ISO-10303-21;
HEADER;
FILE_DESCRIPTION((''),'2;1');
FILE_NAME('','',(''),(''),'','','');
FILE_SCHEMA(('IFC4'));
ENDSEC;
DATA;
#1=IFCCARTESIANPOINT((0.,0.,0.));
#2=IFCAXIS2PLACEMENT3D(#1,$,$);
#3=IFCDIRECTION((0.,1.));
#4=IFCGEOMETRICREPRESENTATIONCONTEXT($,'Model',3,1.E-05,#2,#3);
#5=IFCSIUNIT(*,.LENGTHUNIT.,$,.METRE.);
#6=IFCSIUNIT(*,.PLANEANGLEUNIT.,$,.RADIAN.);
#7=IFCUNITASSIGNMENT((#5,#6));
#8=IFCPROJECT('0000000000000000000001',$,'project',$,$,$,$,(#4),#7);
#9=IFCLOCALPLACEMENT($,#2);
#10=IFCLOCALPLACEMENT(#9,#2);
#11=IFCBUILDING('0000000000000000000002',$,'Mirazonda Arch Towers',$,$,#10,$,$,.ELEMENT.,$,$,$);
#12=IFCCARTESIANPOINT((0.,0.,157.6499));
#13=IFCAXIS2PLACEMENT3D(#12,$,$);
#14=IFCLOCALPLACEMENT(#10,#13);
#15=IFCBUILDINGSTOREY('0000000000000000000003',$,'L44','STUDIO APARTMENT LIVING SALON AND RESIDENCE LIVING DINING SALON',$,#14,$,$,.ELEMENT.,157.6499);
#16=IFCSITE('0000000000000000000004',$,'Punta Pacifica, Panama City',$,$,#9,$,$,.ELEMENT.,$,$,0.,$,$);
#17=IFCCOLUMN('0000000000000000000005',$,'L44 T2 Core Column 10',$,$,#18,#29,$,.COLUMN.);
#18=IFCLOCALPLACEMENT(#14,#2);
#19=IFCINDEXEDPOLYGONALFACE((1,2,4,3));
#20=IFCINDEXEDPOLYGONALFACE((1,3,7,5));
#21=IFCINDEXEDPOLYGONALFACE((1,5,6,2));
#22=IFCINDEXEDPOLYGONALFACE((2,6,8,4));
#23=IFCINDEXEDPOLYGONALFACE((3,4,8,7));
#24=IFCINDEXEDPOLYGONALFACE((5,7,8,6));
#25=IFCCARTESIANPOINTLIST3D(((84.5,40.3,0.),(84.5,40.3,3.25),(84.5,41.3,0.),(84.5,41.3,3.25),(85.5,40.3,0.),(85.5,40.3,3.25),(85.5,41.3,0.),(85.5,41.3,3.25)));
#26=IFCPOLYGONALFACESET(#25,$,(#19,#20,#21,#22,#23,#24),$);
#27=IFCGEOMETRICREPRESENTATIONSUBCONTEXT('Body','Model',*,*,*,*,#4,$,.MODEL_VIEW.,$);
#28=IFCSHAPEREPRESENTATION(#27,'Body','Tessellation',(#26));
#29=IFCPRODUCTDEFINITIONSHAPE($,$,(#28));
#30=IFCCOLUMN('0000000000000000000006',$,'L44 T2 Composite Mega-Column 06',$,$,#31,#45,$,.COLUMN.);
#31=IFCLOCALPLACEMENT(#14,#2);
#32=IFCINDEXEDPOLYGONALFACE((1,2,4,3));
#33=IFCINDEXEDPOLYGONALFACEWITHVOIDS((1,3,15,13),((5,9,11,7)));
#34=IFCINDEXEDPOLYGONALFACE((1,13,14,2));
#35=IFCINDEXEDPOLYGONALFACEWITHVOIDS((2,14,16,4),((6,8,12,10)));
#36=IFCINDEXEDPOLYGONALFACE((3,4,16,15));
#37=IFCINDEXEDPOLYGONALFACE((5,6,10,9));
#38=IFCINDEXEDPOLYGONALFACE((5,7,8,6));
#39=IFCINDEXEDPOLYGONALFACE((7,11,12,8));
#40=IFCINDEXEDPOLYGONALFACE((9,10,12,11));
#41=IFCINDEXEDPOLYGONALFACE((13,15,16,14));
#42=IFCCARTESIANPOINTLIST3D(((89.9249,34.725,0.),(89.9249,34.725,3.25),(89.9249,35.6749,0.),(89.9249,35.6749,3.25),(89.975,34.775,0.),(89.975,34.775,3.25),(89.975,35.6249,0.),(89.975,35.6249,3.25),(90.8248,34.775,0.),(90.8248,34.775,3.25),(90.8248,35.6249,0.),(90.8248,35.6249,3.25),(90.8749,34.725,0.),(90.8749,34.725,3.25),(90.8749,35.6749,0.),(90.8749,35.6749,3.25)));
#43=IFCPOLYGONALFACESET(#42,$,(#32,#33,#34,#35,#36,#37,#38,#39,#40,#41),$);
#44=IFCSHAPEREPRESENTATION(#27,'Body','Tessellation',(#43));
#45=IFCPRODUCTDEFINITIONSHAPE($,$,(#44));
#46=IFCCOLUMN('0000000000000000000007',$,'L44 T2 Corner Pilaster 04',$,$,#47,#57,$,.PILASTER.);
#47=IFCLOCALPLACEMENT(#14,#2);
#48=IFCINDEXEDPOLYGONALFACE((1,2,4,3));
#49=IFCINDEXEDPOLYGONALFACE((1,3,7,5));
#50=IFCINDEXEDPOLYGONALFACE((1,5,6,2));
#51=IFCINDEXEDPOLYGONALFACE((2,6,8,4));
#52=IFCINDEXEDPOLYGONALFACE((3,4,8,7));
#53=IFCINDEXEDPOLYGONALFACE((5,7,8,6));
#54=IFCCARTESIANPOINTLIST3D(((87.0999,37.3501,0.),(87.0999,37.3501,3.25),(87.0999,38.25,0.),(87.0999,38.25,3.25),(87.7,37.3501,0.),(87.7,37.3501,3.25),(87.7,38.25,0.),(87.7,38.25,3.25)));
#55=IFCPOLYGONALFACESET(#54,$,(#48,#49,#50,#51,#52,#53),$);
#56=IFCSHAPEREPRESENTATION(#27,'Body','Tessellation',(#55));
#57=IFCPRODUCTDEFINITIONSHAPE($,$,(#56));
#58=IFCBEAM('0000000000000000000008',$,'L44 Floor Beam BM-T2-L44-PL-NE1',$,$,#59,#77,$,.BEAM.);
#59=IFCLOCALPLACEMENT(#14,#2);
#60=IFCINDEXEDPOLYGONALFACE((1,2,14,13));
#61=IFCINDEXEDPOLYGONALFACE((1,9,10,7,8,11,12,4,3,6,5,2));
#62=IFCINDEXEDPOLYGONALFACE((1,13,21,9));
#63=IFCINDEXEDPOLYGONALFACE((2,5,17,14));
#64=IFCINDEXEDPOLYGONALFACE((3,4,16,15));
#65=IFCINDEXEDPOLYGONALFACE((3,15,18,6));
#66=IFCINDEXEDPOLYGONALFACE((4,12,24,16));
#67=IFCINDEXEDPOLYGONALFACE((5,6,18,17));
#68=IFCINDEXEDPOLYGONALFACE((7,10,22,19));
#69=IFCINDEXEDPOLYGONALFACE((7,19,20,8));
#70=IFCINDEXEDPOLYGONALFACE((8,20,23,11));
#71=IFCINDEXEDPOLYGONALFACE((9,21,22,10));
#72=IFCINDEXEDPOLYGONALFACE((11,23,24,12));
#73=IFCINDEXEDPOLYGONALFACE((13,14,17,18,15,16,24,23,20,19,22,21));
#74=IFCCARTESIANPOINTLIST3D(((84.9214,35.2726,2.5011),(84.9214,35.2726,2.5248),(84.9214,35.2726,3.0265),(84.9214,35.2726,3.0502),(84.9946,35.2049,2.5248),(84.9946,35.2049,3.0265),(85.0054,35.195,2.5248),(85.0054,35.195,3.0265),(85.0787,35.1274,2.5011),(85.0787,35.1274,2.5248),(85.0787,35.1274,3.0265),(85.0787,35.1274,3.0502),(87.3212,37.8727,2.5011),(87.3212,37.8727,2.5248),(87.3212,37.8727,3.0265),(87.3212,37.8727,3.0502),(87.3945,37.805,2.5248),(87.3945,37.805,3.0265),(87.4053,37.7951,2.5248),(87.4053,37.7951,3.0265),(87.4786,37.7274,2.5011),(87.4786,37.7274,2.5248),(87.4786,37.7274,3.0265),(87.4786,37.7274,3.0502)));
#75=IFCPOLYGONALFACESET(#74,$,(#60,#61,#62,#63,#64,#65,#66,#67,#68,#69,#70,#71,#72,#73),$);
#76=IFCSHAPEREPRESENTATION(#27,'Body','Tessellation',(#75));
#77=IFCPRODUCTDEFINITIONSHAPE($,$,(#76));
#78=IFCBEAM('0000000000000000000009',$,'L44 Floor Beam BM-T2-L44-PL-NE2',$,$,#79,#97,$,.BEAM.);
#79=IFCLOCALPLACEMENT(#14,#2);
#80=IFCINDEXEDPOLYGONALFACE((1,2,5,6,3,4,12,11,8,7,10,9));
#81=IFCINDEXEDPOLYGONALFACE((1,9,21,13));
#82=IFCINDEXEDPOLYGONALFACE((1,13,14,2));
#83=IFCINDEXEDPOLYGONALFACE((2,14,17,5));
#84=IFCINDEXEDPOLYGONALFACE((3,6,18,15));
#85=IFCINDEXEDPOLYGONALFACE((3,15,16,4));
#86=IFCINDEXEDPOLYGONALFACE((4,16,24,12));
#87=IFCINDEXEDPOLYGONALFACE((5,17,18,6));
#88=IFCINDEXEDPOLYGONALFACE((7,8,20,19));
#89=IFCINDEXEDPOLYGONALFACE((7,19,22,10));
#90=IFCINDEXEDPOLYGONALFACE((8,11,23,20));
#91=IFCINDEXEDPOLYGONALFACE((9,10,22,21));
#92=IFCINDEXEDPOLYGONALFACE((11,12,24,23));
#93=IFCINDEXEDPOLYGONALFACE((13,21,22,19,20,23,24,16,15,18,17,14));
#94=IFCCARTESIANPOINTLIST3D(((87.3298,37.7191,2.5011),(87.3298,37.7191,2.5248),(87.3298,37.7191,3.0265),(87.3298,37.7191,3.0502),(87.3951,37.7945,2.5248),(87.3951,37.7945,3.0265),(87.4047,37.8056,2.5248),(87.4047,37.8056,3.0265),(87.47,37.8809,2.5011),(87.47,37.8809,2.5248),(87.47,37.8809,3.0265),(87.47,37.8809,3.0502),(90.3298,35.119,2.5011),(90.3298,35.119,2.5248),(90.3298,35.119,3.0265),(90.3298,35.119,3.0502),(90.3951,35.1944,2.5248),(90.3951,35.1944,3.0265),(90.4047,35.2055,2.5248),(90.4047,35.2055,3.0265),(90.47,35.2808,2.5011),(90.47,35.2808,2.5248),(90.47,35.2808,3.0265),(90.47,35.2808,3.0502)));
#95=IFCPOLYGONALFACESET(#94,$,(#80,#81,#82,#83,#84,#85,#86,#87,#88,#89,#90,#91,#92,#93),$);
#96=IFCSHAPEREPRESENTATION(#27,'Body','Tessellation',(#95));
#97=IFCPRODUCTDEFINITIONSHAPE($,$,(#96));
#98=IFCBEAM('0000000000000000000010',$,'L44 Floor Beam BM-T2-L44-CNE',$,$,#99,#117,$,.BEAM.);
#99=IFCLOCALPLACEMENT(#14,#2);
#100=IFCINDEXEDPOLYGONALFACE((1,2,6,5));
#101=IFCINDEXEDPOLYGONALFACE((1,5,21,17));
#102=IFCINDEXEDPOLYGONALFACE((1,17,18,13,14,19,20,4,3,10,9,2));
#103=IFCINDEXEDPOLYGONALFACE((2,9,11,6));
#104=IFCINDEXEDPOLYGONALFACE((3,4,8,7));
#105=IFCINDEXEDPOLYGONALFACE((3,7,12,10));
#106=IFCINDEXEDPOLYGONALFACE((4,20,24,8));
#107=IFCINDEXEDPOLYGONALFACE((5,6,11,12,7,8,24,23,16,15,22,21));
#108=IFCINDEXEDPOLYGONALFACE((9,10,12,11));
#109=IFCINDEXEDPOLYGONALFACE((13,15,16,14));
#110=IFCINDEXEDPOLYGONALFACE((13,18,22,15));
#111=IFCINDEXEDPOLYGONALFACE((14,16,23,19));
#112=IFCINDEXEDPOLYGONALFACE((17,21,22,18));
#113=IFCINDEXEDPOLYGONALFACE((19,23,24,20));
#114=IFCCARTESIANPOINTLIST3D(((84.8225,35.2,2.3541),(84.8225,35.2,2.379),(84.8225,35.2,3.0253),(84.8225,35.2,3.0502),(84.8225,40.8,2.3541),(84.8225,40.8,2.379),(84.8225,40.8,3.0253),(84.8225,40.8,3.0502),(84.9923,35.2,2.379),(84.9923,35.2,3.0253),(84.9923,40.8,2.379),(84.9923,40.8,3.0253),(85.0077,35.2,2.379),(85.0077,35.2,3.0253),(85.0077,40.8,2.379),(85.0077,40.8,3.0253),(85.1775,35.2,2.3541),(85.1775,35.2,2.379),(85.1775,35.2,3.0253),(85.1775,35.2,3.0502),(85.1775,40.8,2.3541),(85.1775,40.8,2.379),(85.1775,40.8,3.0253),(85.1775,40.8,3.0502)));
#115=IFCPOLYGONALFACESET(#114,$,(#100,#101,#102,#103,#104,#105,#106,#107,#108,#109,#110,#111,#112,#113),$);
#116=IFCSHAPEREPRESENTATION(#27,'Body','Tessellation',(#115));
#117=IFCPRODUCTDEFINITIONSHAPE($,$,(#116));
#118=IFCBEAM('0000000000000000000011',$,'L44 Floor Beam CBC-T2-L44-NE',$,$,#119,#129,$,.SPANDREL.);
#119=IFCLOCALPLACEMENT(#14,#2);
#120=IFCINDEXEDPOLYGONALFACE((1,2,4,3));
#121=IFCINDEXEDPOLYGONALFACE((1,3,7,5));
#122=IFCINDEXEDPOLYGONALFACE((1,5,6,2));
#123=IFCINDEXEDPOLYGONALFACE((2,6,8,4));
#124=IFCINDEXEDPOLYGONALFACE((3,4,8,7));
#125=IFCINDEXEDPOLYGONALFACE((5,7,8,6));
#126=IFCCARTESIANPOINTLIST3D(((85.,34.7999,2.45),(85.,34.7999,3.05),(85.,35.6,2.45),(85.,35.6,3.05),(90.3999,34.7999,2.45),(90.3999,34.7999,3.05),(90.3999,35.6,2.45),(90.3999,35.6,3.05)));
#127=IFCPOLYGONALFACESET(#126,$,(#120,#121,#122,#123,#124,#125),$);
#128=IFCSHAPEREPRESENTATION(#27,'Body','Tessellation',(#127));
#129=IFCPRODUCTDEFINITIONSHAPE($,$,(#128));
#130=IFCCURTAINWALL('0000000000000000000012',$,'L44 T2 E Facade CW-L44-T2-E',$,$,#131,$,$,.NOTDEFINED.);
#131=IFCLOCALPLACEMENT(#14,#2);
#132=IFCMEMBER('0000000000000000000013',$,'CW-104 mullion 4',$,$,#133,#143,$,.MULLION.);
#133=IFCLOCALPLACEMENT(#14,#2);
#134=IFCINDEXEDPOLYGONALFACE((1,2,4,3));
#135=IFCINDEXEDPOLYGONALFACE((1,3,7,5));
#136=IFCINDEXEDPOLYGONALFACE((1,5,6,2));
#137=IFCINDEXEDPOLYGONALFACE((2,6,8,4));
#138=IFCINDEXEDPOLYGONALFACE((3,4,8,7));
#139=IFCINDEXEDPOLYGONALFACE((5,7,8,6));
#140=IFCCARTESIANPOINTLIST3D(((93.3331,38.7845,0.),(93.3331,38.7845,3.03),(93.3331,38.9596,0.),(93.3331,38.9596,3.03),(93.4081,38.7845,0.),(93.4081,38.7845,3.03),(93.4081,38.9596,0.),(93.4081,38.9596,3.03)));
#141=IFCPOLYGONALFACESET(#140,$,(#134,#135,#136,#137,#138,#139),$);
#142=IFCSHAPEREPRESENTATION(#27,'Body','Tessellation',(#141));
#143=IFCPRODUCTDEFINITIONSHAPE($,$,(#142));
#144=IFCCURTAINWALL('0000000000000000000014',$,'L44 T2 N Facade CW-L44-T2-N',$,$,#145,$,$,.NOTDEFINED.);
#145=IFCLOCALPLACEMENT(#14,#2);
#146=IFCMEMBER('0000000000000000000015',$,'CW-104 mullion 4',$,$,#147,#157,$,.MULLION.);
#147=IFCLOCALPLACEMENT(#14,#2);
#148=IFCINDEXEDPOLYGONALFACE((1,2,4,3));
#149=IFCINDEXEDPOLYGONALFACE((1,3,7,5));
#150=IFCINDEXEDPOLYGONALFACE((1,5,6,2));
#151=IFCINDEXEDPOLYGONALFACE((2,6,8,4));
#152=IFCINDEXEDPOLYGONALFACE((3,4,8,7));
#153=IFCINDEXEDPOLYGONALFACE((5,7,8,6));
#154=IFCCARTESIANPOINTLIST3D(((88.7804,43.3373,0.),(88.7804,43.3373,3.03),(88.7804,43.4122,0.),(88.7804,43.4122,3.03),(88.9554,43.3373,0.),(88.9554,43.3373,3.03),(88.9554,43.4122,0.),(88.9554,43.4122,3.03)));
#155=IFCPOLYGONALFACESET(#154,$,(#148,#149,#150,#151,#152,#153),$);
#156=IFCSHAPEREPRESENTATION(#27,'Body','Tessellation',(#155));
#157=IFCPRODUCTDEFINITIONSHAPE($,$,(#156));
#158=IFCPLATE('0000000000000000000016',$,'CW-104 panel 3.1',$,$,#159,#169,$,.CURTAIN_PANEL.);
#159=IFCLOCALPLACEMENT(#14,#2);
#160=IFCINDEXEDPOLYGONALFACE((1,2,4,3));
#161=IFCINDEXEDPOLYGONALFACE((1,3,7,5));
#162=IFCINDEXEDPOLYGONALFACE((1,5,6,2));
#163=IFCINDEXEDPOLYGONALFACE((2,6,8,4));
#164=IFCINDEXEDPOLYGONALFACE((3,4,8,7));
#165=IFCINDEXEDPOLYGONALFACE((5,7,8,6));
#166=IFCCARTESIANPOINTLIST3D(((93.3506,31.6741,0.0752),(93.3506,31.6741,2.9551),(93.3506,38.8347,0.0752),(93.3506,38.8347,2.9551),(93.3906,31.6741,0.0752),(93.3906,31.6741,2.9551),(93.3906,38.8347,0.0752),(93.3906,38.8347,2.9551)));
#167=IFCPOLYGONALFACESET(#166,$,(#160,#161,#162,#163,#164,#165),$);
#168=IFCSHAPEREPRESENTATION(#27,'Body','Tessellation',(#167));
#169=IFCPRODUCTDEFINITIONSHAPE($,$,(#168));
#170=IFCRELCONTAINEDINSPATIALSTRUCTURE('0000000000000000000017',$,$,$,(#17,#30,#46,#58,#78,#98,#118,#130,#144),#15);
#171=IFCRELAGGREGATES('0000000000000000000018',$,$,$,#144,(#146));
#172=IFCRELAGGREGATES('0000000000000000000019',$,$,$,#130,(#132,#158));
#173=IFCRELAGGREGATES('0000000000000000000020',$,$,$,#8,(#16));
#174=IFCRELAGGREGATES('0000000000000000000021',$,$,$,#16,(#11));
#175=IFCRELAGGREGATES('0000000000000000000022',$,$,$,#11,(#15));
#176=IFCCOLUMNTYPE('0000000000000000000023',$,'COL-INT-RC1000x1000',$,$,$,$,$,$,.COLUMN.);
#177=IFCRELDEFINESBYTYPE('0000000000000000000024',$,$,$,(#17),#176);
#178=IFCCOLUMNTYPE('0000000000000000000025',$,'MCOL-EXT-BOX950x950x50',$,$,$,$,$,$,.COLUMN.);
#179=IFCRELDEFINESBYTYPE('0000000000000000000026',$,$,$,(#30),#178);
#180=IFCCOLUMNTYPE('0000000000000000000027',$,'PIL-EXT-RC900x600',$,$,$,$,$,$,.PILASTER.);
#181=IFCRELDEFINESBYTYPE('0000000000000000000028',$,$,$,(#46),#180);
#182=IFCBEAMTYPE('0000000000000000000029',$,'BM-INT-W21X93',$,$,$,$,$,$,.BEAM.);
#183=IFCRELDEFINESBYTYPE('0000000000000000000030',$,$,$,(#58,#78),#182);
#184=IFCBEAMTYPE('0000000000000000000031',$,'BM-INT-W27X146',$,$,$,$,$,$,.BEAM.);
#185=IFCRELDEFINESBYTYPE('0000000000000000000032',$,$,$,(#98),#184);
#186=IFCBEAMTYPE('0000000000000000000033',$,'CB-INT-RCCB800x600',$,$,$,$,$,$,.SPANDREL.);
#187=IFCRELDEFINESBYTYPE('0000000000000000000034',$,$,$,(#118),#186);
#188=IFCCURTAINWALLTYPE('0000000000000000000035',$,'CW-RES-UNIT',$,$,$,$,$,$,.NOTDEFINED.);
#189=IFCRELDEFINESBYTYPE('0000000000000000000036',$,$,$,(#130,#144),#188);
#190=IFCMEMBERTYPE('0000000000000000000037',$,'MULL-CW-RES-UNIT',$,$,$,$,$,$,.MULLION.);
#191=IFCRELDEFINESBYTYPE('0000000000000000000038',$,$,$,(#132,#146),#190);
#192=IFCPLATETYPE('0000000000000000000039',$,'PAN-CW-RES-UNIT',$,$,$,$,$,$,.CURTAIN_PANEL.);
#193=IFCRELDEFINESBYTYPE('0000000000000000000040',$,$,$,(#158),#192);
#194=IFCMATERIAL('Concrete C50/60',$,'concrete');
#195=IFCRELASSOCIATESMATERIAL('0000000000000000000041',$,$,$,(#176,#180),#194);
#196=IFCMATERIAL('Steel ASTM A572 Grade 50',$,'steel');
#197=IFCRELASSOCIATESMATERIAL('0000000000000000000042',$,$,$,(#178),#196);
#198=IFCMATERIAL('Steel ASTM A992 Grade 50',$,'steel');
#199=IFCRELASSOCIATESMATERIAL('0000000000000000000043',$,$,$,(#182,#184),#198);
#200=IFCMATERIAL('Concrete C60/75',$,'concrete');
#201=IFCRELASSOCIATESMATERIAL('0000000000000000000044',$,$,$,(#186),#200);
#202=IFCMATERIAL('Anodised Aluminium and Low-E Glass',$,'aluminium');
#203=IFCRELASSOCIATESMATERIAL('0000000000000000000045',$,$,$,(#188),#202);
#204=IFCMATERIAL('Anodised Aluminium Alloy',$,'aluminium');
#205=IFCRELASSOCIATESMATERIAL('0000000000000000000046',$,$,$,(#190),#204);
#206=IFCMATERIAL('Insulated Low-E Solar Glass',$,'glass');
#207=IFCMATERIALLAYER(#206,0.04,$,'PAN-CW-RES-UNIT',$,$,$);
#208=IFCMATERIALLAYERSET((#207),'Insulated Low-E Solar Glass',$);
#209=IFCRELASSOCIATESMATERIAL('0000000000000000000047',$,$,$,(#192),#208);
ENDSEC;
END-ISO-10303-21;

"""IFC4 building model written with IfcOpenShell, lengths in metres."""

from ifc_helpers import new_model, si_unit, direction, frame, origin, origin_2d, place, context, subcontext, project, spatial, rectangle, hollow_rectangle, i_section, extrude, material, layer, layer_set, material_profile, profile_set, type_object, element, aggregate, save


model = new_model("IFC4")

# Units and contexts
model_context = context("Model", 3, precision=1e-05, world=origin(), true_north=direction((0.0, 1.0)))
body_context = subcontext(model_context, "Body", "Model", "MODEL_VIEW")
ifc_project = project(units=[si_unit("LENGTHUNIT", "METRE"), si_unit("PLANEANGLEUNIT", "RADIAN")], contexts=[model_context])

# Site, building, storey
site_placement = place(None, origin())
site = spatial("IfcSite", under=ifc_project, at=site_placement, Name="Punta Pacifica, Panama City", CompositionType="ELEMENT", RefElevation=0.0)
building_placement = place(site_placement, origin())
building = spatial("IfcBuilding", under=site, at=building_placement, Name="Mirazonda Arch Towers", CompositionType="ELEMENT")
storey_placement = place(building_placement, frame((0.0, 0.0, 157.6499)))
storey = spatial("IfcBuildingStorey", under=building, at=storey_placement, Name="L44", Description="STUDIO APARTMENT LIVING SALON AND RESIDENCE LIVING DINING SALON", CompositionType="ELEMENT", Elevation=157.6499)

# Columns
ifc_material_1 = material(Name="Concrete C50/60", Category="concrete")
ifc_material_profile_1 = material_profile(ifc_material_1, rectangle(XDim=1.0, YDim=1.0, at=origin_2d()), Name="RC1000x1000")
ifc_profile_set_1 = profile_set([ifc_material_profile_1], Name="Concrete C50/60")
column_type_1 = type_object("IfcColumnType", Name="COL-INT-RC1000x1000", PredefinedType="COLUMN", material=ifc_profile_set_1)
column_1_placement = place(storey_placement, frame((85.0, 40.8, 0.0), z_axis=(0.0, 0.0, 1.0), x_axis=(1.0, 0.0, 0.0)))
element("IfcColumn", 1, at=column_1_placement, inside=storey, type_object=column_type_1, Name="L44 T2 Core Column 10", PredefinedType="COLUMN", context=body_context, shape_type="SweptSolid", body=[
    extrude(rectangle(XDim=1.0, YDim=1.0, at=origin_2d()), origin(), (0.0, 0.0, 1.0), 3.25),
])
ifc_material_2 = material(Name="Steel ASTM A572 Grade 50", Category="steel")
ifc_material_profile_2 = material_profile(ifc_material_2, hollow_rectangle(XDim=0.95, YDim=0.95, WallThickness=0.05, at=origin_2d()), Name="BOX950x950x50")
ifc_profile_set_2 = profile_set([ifc_material_profile_2], Name="Steel ASTM A572 Grade 50")
column_type_2 = type_object("IfcColumnType", Name="MCOL-EXT-BOX950x950x50", PredefinedType="COLUMN", material=ifc_profile_set_2)
column_2_placement = place(storey_placement, frame((90.3999, 35.2, 0.0), z_axis=(0.0, 0.0, 1.0), x_axis=(1.0, 0.0, 0.0)))
element("IfcColumn", 2, at=column_2_placement, inside=storey, type_object=column_type_2, Name="L44 T2 Composite Mega-Column 06", PredefinedType="COLUMN", context=body_context, shape_type="SweptSolid", body=[
    extrude(hollow_rectangle(XDim=0.95, YDim=0.95, WallThickness=0.05, at=origin_2d()), origin(), (0.0, 0.0, 1.0), 3.25),
])
ifc_material_profile_3 = material_profile(ifc_material_1, rectangle(XDim=0.6001, YDim=0.8999, at=origin_2d()), Name="RC900x600")
ifc_profile_set_3 = profile_set([ifc_material_profile_3], Name="Concrete C50/60")
column_type_3 = type_object("IfcColumnType", Name="PIL-EXT-RC900x600", PredefinedType="PILASTER", material=ifc_profile_set_3)
column_3_placement = place(storey_placement, frame((87.3999, 37.8, 0.0), z_axis=(0.0, 0.0, 1.0), x_axis=(1.0, 0.0, 0.0)))
element("IfcColumn", 3, at=column_3_placement, inside=storey, type_object=column_type_3, Name="L44 T2 Corner Pilaster 04", PredefinedType="PILASTER", context=body_context, shape_type="SweptSolid", body=[
    extrude(rectangle(XDim=0.6001, YDim=0.8999, at=origin_2d()), origin(), (0.0, 0.0, 1.0), 3.25),
])

# Beams
ifc_material_3 = material(Name="Steel ASTM A992 Grade 50", Category="steel")
ifc_material_profile_4 = material_profile(ifc_material_3, i_section(OverallWidth=0.2141, OverallDepth=0.5491, WebThickness=0.0146, FlangeThickness=0.0237, at=origin_2d()), Name="W21X93")
ifc_profile_set_4 = profile_set([ifc_material_profile_4], Name="Steel ASTM A992 Grade 50")
beam_type_1 = type_object("IfcBeamType", Name="BM-INT-W21X93", PredefinedType="BEAM", material=ifc_profile_set_4)
beam_1_placement = place(storey_placement, frame((87.3999, 37.8, 2.7756), z_axis=(-0.678251, -0.73483, 0.0), x_axis=(0.73483, -0.678251, 0.0)))
element("IfcBeam", 4, at=beam_1_placement, inside=storey, type_object=beam_type_1, Name="L44 Floor Beam BM-T2-L44-PL-NE1", PredefinedType="BEAM", context=body_context, shape_type="SweptSolid", body=[
    extrude(i_section(OverallWidth=0.2141, OverallDepth=0.5491, WebThickness=0.0146, FlangeThickness=0.0237, at=origin_2d()), origin(), (0.0, 0.0, 1.0), 3.5383),
])
beam_2_placement = place(storey_placement, frame((87.3999, 37.8, 2.7756), z_axis=(0.755677, -0.654945, 0.0), x_axis=(0.654945, 0.755677, 0.0)))
element("IfcBeam", 5, at=beam_2_placement, inside=storey, type_object=beam_type_1, Name="L44 Floor Beam BM-T2-L44-PL-NE2", PredefinedType="BEAM", context=body_context, shape_type="SweptSolid", body=[
    extrude(i_section(OverallWidth=0.2141, OverallDepth=0.5491, WebThickness=0.0146, FlangeThickness=0.0237, at=origin_2d()), origin(), (0.0, 0.0, 1.0), 3.97),
])
ifc_material_profile_5 = material_profile(ifc_material_3, i_section(OverallWidth=0.355, OverallDepth=0.696, WebThickness=0.0154, FlangeThickness=0.0249, at=origin_2d()), Name="W27X146")
ifc_profile_set_5 = profile_set([ifc_material_profile_5], Name="Steel ASTM A992 Grade 50")
beam_type_2 = type_object("IfcBeamType", Name="BM-INT-W27X146", PredefinedType="BEAM", material=ifc_profile_set_5)
beam_3_placement = place(storey_placement, frame((85.0, 35.2, 2.7021), z_axis=(0.0, 1.0, 0.0), x_axis=(-1.0, 0.0, 0.0)))
element("IfcBeam", 6, at=beam_3_placement, inside=storey, type_object=beam_type_2, Name="L44 Floor Beam BM-T2-L44-CNE", PredefinedType="BEAM", context=body_context, shape_type="SweptSolid", body=[
    extrude(i_section(OverallWidth=0.355, OverallDepth=0.696, WebThickness=0.0154, FlangeThickness=0.0249, at=origin_2d()), origin(), (0.0, 0.0, 1.0), 5.6001),
])
ifc_material_4 = material(Name="Concrete C60/75", Category="concrete")
ifc_material_profile_6 = material_profile(ifc_material_4, rectangle(XDim=0.8, YDim=0.6001, at=origin_2d()), Name="RCCB800x600")
ifc_profile_set_6 = profile_set([ifc_material_profile_6], Name="Concrete C60/75")
beam_type_3 = type_object("IfcBeamType", Name="CB-INT-RCCB800x600", PredefinedType="SPANDREL", material=ifc_profile_set_6)
beam_4_placement = place(storey_placement, frame((85.0, 35.2, 2.75), z_axis=(1.0, 0.0, 0.0), x_axis=(0.0, 1.0, 0.0)))
element("IfcBeam", 7, at=beam_4_placement, inside=storey, type_object=beam_type_3, Name="L44 Floor Beam CBC-T2-L44-NE", PredefinedType="SPANDREL", context=body_context, shape_type="SweptSolid", body=[
    extrude(rectangle(XDim=0.8, YDim=0.6001, at=origin_2d()), origin(), (0.0, 0.0, 1.0), 5.3999),
])

# Curtain walls, members
ifc_material_5 = material(Name="Anodised Aluminium and Low-E Glass", Category="aluminium")
curtain_wall_type = type_object("IfcCurtainWallType", Name="CW-RES-UNIT", PredefinedType="NOTDEFINED", material=ifc_material_5)
curtain_wall_1_placement = place(storey_placement, origin())
curtain_wall_1 = element("IfcCurtainWall", 8, at=curtain_wall_1_placement, inside=storey, type_object=curtain_wall_type, Name="L44 T2 E Facade CW-L44-T2-E", PredefinedType="NOTDEFINED")
ifc_material_6 = material(Name="Anodised Aluminium Alloy", Category="aluminium")
ifc_material_profile_7 = material_profile(ifc_material_6, rectangle(XDim=0.075, YDim=0.175, at=origin_2d()), Name="ALU-MULL-75x175")
ifc_profile_set_7 = profile_set([ifc_material_profile_7], Name="Anodised Aluminium Alloy")
member_type = type_object("IfcMemberType", Name="MULL-CW-RES-UNIT", PredefinedType="MULLION", material=ifc_profile_set_7)
member_1_placement = place(storey_placement, frame((93.3706, 38.8721, 0.0), z_axis=(0.0, 0.0, 1.0), x_axis=(-1.0, 0.0, 0.0)))
member_1 = element("IfcMember", 9, at=member_1_placement, type_object=member_type, Name="CW-104 mullion 4", PredefinedType="MULLION", context=body_context, shape_type="SweptSolid", body=[
    extrude(rectangle(XDim=0.075, YDim=0.175, at=origin_2d()), origin(), (0.0, 0.0, 1.0), 3.03),
])
curtain_wall_2_placement = place(storey_placement, origin())
curtain_wall_2 = element("IfcCurtainWall", 10, at=curtain_wall_2_placement, inside=storey, type_object=curtain_wall_type, Name="L44 T2 N Facade CW-L44-T2-N", PredefinedType="NOTDEFINED")
member_2_placement = place(storey_placement, frame((88.8679, 43.3748, 0.0), z_axis=(0.0, 0.0, 1.0), x_axis=(0.0, 1.0, 0.0)))
member_2 = element("IfcMember", 11, at=member_2_placement, type_object=member_type, Name="CW-104 mullion 4", PredefinedType="MULLION", context=body_context, shape_type="SweptSolid", body=[
    extrude(rectangle(XDim=0.075, YDim=0.175, at=origin_2d()), origin(), (0.0, 0.0, 1.0), 3.03),
])
aggregate(curtain_wall_2, [member_2])

# Plate
ifc_material_7 = material(Name="Insulated Low-E Solar Glass", Category="glass")
ifc_layer_1 = layer(ifc_material_7, 0.04, Name="PAN-CW-RES-UNIT")
ifc_layer_set_1 = layer_set([ifc_layer_1], Name="Insulated Low-E Solar Glass")
plate_type = type_object("IfcPlateType", Name="PAN-CW-RES-UNIT", PredefinedType="CURTAIN_PANEL", material=ifc_layer_set_1)
plate_placement = place(storey_placement, frame((93.3706, 35.2544, 0.0752), z_axis=(0.0, 0.0, 1.0), x_axis=(0.0, 1.0, 0.0)))
plate = element("IfcPlate", 12, at=plate_placement, type_object=plate_type, Name="CW-104 panel 3.1", PredefinedType="CURTAIN_PANEL", context=body_context, shape_type="SweptSolid", body=[
    extrude(rectangle(XDim=7.1606, YDim=0.04, at=origin_2d()), origin(), (0.0, 0.0, 1.0), 2.8799),
])
aggregate(curtain_wall_1, [member_1, plate])

save(model, "model.ifc")
